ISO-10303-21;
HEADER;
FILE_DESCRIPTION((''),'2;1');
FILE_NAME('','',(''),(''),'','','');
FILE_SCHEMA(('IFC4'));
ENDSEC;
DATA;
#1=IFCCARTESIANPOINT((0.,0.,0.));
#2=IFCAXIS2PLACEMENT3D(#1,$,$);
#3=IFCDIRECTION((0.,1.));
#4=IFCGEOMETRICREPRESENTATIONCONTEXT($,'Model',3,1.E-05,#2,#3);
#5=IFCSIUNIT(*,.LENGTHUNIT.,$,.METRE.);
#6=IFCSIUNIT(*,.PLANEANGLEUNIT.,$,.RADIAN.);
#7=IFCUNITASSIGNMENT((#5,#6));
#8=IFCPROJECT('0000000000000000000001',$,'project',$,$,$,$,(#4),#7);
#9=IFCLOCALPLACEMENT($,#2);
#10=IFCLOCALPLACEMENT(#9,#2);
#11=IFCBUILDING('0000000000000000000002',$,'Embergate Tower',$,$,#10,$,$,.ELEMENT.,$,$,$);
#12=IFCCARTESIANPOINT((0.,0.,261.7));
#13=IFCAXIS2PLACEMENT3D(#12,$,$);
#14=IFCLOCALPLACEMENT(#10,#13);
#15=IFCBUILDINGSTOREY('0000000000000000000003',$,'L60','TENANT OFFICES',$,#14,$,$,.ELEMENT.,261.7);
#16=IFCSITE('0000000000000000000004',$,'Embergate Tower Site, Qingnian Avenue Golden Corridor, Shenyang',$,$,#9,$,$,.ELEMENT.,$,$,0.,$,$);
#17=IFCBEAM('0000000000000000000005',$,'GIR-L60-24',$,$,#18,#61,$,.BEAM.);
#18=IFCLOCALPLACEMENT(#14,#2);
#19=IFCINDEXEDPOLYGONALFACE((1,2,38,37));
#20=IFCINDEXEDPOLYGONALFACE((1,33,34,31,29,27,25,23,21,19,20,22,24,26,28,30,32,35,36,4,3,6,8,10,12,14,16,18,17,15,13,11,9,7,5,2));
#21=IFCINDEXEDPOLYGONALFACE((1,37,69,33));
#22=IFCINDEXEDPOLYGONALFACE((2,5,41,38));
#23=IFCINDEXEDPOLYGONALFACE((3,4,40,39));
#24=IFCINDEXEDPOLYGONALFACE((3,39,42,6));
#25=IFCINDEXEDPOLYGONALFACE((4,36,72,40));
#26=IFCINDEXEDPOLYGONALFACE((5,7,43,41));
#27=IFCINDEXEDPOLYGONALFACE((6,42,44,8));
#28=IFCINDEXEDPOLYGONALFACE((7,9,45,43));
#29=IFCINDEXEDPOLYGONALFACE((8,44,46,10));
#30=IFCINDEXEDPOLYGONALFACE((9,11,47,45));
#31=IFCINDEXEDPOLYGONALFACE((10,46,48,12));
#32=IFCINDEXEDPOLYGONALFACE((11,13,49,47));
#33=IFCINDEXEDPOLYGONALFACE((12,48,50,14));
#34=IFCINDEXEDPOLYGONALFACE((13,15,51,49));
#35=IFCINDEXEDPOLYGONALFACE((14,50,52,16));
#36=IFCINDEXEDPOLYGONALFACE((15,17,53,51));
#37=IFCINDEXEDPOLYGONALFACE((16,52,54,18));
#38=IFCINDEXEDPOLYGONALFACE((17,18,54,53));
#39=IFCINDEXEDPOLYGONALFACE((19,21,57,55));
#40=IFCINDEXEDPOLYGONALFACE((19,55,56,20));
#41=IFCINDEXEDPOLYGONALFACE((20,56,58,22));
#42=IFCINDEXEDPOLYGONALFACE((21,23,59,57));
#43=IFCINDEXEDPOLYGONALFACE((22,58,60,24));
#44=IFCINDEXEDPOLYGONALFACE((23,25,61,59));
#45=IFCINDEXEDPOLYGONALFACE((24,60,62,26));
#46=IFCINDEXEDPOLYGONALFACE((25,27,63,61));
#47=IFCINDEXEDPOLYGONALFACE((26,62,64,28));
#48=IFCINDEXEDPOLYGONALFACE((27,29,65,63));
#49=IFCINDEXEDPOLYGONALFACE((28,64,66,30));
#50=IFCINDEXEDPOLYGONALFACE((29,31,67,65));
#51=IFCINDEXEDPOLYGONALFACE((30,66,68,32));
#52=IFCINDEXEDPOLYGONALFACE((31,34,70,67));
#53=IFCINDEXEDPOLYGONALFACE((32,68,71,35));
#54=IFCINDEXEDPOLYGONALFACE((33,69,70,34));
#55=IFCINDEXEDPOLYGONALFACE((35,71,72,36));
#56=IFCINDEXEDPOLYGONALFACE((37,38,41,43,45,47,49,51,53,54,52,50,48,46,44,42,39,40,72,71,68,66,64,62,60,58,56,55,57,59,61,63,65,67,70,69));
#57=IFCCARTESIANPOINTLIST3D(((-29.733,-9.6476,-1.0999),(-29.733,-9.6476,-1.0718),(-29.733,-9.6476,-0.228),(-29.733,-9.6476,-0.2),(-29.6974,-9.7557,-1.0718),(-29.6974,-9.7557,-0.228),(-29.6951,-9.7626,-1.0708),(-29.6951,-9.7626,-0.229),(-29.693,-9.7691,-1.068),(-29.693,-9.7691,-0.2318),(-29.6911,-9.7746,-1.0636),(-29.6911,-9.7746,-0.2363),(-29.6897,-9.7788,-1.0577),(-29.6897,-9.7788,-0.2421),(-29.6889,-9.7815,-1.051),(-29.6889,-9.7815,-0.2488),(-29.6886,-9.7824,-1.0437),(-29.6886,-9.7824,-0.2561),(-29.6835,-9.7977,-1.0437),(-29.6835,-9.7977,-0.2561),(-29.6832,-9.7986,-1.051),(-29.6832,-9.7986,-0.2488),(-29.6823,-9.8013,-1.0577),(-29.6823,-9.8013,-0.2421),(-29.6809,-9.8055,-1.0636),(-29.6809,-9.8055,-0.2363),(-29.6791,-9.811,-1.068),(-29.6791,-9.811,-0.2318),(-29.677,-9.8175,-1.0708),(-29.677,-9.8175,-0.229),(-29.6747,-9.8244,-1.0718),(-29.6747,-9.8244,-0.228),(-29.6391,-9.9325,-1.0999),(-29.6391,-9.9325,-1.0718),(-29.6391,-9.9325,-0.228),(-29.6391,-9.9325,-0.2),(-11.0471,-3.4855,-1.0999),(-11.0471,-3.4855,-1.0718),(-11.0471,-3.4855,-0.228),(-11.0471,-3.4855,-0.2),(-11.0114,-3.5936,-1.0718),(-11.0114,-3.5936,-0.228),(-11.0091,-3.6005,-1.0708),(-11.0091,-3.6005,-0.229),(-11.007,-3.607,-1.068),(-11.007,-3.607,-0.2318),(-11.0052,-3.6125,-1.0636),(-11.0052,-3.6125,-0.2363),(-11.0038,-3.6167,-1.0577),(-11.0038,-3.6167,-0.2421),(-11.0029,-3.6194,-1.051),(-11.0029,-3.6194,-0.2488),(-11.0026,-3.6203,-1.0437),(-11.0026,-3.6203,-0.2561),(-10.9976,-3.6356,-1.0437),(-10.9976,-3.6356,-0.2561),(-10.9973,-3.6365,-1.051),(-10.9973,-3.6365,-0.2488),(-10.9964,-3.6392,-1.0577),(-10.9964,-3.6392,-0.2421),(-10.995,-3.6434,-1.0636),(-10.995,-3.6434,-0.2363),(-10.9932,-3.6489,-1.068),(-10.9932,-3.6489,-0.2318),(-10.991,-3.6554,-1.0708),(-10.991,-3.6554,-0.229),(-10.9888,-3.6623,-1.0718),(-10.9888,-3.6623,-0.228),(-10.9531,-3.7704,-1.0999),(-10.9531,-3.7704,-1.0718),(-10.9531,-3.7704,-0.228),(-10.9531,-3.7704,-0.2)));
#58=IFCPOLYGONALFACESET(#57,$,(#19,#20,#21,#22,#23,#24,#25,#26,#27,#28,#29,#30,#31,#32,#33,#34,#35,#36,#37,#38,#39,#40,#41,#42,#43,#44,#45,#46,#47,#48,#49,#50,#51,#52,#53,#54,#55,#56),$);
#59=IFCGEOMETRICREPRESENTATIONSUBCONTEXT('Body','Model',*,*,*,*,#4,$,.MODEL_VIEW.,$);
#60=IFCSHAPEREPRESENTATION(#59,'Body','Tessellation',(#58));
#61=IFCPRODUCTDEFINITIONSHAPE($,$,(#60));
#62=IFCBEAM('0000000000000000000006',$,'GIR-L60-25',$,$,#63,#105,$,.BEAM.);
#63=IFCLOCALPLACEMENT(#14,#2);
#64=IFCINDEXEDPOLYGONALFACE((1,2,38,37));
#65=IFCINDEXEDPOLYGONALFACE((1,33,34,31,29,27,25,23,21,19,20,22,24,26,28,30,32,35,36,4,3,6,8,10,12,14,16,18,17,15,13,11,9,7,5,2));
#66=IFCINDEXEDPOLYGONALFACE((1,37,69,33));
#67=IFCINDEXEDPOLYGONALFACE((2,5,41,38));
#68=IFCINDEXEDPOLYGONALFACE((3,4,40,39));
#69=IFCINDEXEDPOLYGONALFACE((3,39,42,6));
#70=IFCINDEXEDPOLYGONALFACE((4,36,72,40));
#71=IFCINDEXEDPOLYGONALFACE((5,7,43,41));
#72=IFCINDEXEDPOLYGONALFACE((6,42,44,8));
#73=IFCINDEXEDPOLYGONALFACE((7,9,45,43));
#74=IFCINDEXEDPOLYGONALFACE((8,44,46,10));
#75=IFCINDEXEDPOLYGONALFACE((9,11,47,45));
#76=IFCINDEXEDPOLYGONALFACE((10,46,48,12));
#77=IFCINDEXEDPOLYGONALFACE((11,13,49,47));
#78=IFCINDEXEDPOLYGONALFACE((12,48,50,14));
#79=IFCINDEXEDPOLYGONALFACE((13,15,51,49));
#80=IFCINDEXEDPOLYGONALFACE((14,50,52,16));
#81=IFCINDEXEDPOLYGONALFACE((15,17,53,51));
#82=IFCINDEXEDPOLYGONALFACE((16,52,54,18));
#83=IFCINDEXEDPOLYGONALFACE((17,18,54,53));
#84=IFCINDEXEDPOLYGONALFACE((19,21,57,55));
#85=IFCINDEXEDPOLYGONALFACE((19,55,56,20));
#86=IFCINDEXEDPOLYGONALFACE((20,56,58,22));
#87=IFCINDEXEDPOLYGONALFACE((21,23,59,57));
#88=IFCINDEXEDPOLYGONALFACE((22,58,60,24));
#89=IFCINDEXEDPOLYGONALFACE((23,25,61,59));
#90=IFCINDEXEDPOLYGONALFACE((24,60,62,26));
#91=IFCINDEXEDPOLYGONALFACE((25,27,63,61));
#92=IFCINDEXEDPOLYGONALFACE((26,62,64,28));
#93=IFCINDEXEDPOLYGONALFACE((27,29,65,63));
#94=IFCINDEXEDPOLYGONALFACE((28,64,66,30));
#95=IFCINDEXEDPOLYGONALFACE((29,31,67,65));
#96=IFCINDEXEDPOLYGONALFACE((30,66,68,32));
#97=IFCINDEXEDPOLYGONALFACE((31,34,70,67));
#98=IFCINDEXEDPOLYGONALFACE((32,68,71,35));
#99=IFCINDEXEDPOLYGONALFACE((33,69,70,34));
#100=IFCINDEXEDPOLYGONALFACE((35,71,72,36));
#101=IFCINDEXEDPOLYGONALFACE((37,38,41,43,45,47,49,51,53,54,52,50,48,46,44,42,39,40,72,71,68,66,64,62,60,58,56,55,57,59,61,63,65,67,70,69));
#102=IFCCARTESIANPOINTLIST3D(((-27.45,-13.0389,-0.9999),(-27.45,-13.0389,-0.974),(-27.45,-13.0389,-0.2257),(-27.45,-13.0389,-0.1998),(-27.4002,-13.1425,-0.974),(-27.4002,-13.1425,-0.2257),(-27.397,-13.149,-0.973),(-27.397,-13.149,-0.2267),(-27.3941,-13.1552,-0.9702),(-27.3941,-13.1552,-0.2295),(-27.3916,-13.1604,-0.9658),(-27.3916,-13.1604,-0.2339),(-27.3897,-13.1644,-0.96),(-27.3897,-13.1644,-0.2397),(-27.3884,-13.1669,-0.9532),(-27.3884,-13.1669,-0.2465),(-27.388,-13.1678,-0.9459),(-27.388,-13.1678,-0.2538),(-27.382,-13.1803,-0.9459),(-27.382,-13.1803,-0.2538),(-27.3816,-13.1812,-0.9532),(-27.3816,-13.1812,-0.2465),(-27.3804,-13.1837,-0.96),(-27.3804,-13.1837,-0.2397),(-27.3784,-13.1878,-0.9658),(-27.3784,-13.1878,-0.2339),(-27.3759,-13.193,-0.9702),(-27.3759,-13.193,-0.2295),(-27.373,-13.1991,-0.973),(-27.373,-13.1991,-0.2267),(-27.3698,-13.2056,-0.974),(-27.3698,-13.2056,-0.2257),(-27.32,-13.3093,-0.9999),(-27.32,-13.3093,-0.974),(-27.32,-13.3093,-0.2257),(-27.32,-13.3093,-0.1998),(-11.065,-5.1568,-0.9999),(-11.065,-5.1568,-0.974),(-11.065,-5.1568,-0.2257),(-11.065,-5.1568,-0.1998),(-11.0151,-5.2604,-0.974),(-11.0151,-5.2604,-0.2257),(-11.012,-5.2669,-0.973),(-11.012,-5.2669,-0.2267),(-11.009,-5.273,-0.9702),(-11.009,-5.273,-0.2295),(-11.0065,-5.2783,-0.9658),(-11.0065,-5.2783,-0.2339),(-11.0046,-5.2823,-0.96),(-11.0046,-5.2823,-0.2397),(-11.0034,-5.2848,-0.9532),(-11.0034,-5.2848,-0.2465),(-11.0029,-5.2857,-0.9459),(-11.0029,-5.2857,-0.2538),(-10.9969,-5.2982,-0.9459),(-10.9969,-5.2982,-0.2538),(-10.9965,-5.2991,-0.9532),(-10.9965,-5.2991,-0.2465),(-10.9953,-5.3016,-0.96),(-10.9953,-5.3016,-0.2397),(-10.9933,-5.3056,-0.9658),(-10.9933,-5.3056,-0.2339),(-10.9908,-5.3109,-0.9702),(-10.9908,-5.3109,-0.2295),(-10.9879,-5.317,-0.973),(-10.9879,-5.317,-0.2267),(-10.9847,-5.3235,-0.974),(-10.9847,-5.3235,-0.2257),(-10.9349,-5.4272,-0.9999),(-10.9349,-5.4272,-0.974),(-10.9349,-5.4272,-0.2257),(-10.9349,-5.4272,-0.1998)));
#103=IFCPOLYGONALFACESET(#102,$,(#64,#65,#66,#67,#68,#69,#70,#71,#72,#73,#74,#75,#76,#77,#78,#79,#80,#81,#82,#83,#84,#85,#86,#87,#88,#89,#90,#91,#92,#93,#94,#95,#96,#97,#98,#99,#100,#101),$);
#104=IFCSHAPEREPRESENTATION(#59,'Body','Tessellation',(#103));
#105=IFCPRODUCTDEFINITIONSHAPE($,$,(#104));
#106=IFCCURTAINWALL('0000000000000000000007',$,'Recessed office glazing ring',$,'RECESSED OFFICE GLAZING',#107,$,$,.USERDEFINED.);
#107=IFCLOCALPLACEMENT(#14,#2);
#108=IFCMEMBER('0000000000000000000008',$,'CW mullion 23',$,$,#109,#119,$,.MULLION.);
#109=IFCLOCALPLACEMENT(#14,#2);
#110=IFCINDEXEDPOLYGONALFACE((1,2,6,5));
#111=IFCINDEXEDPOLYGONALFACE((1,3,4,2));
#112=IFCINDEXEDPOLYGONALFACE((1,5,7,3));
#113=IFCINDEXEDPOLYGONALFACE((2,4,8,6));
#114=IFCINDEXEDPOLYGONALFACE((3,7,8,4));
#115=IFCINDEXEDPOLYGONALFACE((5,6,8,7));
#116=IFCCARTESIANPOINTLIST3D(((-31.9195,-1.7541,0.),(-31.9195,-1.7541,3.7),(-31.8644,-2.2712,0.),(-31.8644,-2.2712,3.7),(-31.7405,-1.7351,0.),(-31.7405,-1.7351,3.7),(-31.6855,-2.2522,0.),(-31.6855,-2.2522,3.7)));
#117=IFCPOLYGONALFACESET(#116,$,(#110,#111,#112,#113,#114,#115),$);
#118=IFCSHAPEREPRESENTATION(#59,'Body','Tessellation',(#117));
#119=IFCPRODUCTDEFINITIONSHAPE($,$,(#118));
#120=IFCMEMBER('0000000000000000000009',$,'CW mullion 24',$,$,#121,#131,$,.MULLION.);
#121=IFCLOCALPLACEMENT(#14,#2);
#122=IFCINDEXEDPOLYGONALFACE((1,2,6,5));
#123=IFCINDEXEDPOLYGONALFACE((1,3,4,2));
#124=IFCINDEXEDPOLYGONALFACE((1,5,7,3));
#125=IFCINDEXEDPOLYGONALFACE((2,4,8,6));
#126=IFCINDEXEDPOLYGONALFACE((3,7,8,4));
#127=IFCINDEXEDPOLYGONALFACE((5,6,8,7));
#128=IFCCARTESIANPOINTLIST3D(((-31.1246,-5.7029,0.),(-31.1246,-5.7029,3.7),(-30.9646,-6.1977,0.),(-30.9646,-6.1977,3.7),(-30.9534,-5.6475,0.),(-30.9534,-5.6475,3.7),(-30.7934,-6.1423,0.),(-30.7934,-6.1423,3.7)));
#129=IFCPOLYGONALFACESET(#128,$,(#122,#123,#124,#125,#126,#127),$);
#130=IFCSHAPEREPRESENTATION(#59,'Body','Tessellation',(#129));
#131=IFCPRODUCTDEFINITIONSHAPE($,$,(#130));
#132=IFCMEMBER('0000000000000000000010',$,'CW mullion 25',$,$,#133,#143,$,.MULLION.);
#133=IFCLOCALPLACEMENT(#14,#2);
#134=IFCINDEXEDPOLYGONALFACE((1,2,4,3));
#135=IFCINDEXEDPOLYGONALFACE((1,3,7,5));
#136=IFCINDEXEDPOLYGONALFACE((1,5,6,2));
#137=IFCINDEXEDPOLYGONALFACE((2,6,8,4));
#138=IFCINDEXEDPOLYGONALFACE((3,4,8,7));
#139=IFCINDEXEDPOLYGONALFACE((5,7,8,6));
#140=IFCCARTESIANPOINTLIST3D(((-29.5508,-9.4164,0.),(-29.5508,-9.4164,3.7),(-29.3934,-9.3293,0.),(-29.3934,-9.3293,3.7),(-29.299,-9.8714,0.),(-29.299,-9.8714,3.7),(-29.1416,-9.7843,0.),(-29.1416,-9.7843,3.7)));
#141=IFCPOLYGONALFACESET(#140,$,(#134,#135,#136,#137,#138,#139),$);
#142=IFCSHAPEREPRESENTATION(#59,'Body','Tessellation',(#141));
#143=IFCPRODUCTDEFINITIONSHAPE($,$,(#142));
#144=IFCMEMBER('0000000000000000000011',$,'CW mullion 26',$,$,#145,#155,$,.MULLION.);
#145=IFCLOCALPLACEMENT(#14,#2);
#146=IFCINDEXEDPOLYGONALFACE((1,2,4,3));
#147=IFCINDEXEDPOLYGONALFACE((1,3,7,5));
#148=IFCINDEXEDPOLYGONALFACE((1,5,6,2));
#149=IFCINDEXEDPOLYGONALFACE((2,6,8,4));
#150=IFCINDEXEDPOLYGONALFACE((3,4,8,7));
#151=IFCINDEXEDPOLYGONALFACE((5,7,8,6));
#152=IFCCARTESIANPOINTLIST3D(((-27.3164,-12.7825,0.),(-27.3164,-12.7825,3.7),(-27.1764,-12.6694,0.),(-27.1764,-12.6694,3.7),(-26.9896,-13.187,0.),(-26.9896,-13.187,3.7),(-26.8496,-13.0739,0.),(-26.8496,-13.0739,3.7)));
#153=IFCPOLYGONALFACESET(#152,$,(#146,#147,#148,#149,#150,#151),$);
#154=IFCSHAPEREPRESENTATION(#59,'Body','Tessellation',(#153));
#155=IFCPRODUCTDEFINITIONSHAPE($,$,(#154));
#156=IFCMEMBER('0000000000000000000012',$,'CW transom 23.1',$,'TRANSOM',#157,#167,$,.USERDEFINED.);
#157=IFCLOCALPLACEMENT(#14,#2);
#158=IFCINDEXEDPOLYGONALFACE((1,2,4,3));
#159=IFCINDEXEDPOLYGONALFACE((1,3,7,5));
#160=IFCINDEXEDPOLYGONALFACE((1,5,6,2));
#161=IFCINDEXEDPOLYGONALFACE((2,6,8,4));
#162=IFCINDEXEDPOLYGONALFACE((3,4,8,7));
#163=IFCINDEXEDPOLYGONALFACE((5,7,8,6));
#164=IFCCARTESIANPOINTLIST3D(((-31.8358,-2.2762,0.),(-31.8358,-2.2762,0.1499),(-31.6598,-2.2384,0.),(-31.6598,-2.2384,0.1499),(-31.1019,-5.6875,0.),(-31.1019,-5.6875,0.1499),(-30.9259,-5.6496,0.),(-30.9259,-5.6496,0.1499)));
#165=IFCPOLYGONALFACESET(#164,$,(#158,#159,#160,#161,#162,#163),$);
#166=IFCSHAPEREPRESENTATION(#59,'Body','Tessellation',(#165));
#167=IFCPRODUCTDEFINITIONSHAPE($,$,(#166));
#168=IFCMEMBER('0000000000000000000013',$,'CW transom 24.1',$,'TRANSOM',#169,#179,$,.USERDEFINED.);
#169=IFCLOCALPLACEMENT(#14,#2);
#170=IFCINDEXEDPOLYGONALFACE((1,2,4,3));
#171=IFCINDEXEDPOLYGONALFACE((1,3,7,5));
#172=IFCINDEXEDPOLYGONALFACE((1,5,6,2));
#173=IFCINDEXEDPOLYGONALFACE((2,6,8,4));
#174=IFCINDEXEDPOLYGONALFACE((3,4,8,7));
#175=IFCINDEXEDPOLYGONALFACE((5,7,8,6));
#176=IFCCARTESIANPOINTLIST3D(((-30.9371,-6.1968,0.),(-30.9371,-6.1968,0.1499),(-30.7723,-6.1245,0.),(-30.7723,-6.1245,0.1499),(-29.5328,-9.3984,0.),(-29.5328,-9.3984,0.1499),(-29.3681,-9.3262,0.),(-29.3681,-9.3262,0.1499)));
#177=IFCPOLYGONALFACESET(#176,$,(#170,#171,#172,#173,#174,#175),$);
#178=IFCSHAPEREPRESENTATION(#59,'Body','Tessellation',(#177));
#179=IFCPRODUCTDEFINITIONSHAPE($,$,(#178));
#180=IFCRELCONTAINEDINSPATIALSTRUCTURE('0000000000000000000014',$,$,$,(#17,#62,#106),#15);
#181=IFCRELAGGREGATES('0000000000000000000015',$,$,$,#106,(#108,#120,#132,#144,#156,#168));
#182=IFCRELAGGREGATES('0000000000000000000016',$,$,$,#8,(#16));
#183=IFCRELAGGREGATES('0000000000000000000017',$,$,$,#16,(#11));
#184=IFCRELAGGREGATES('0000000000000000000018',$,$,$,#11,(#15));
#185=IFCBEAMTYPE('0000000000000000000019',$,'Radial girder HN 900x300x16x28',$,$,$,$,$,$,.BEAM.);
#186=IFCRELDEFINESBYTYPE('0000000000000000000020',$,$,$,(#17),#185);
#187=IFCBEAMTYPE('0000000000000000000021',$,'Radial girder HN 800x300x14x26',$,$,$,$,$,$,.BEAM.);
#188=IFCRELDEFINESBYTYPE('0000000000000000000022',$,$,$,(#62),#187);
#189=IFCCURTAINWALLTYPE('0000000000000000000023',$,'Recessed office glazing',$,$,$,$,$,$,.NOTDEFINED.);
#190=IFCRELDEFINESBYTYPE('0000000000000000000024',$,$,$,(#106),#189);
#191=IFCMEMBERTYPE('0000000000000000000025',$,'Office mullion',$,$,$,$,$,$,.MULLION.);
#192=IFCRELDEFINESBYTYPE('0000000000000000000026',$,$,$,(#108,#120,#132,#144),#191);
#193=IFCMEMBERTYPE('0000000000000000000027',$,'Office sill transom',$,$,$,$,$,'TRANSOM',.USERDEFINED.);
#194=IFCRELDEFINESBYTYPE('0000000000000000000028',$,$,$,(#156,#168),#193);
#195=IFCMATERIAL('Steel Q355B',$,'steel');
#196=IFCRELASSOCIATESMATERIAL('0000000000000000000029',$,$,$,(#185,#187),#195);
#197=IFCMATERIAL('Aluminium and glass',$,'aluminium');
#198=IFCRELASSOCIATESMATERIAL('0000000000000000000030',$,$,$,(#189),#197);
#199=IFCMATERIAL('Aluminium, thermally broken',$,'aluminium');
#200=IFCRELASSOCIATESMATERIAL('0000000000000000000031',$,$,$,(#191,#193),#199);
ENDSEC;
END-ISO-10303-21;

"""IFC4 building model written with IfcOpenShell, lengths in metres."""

from ifc_helpers import new_model, si_unit, direction, frame, origin, origin_2d, place, context, subcontext, project, spatial, rectangle, i_section, extrude, source, transform, mapped, material, material_profile, profile_set, type_object, element, aggregate, save


model = new_model("IFC4")

# Units and contexts
model_context = context("Model", 3, precision=1e-05, world=origin(), true_north=direction((0.0, 1.0)))
body_context = subcontext(model_context, "Body", "Model", "MODEL_VIEW")
ifc_project = project(units=[si_unit("LENGTHUNIT", "METRE"), si_unit("PLANEANGLEUNIT", "RADIAN")], contexts=[model_context])

# Site, building, storey
site_placement = place(None, origin())
site = spatial("IfcSite", under=ifc_project, at=site_placement, Name="Embergate Tower Site, Qingnian Avenue Golden Corridor, Shenyang", CompositionType="ELEMENT", RefElevation=0.0)
building_placement = place(site_placement, origin())
building = spatial("IfcBuilding", under=site, at=building_placement, Name="Embergate Tower", CompositionType="ELEMENT")
storey_placement = place(building_placement, frame((0.0, 0.0, 261.7)))
storey = spatial("IfcBuildingStorey", under=building, at=storey_placement, Name="L60", Description="TENANT OFFICES", CompositionType="ELEMENT", Elevation=261.7)

# Beams
ifc_material_1 = material(Name="Steel Q355B", Category="steel")
ifc_material_profile_1 = material_profile(ifc_material_1, i_section(OverallWidth=0.3, OverallDepth=0.8999, WebThickness=0.0161, FlangeThickness=0.0281, FilletRadius=0.0281, at=origin_2d()), Name="HN 900x300x16x28")
ifc_profile_set_1 = profile_set([ifc_material_profile_1], Name="Steel Q355 grade B")
beam_type_1 = type_object("IfcBeamType", Name="Radial girder HN 900x300x16x28", PredefinedType="BEAM", material=ifc_profile_set_1)
shared_shape_1 = source(origin(), body_context, "Body", "SweptSolid", [
    extrude(i_section(OverallWidth=0.3, OverallDepth=0.8999, WebThickness=0.0161, FlangeThickness=0.0281, FilletRadius=0.0281, at=origin_2d()), origin(), (0.0, 0.0, 1.0), 19.6758),
])
beam_1_placement = place(storey_placement, frame((-29.686, -9.79, -0.6499), z_axis=(0.949693, 0.313181, 0.0), x_axis=(-0.313181, 0.949693, 0.0)))
element("IfcBeam", 1, at=beam_1_placement, inside=storey, type_object=beam_type_1, Name="GIR-L60-24", PredefinedType="BEAM", context=body_context, shape_type="MappedRepresentation", body=[
    mapped(shared_shape_1, transform((0.0, 0.0, 0.0))),
])
ifc_material_profile_2 = material_profile(ifc_material_1, i_section(OverallWidth=0.3, OverallDepth=0.8, WebThickness=0.0139, FlangeThickness=0.0259, FilletRadius=0.0281, at=origin_2d()), Name="HN 800x300x14x26")
ifc_profile_set_2 = profile_set([ifc_material_profile_2], Name="Steel Q355 grade B")
beam_type_2 = type_object("IfcBeamType", Name="Radial girder HN 800x300x14x26", PredefinedType="BEAM", material=ifc_profile_set_2)
shared_shape_2 = source(origin(), body_context, "Body", "SweptSolid", [
    extrude(i_section(OverallWidth=0.3, OverallDepth=0.8, WebThickness=0.0139, FlangeThickness=0.0259, FilletRadius=0.0281, at=origin_2d()), origin(), (0.0, 0.0, 1.0), 18.1824),
])
beam_2_placement = place(storey_placement, frame((-27.385, -13.1741, -0.5999), z_axis=(0.901152, 0.433503, 0.0), x_axis=(-0.433503, 0.901152, 0.0)))
element("IfcBeam", 2, at=beam_2_placement, inside=storey, type_object=beam_type_2, Name="GIR-L60-25", PredefinedType="BEAM", context=body_context, shape_type="MappedRepresentation", body=[
    mapped(shared_shape_2, transform((0.0, 0.0, 0.0))),
])

# Curtain wall, members
ifc_material_2 = material(Name="Aluminium and glass", Category="aluminium")
curtain_wall_type = type_object("IfcCurtainWallType", Name="Recessed office glazing", PredefinedType="NOTDEFINED", material=ifc_material_2)
curtain_wall_placement = place(storey_placement, origin())
curtain_wall = element("IfcCurtainWall", 3, at=curtain_wall_placement, inside=storey, type_object=curtain_wall_type, Name="Recessed office glazing ring", ObjectType="RECESSED OFFICE GLAZING", PredefinedType="USERDEFINED")
ifc_material_3 = material(Name="Aluminium, thermally broken", Category="aluminium")
ifc_material_profile_3 = material_profile(ifc_material_3, rectangle(XDim=0.1799, YDim=0.52, at=origin_2d()), Name="AL 520x180")
ifc_profile_set_3 = profile_set([ifc_material_profile_3], Name="Aluminium, thermally broken")
member_type_1 = type_object("IfcMemberType", Name="Office mullion", PredefinedType="MULLION", material=ifc_profile_set_3)
shared_shape_3 = source(origin(), body_context, "Body", "SweptSolid", [
    extrude(rectangle(XDim=0.1799, YDim=0.52, at=origin_2d()), origin(), (0.0, 0.0, 1.0), 3.7),
])
member_1_placement = place(storey_placement, frame((-31.8025, -2.0032, 0.0), z_axis=(0.0, 0.0, 1.0), x_axis=(0.994384, 0.105828, 0.0)))
member_1 = element("IfcMember", 4, at=member_1_placement, type_object=member_type_1, Name="CW mullion 23", PredefinedType="MULLION", context=body_context, shape_type="MappedRepresentation", body=[
    mapped(shared_shape_3, transform((0.0, 0.0, 0.0))),
])
member_2_placement = place(storey_placement, frame((-30.959, -5.9226, 0.0), z_axis=(0.0, 0.0, 1.0), x_axis=(0.951494, 0.307667, 0.0)))
member_2 = element("IfcMember", 5, at=member_2_placement, type_object=member_type_1, Name="CW mullion 24", PredefinedType="MULLION", context=body_context, shape_type="MappedRepresentation", body=[
    mapped(shared_shape_3, transform((0.0, 0.0, 0.0))),
])
member_3_placement = place(storey_placement, frame((-29.3462, -9.6003, 0.0), z_axis=(0.0, 0.0, 1.0), x_axis=(0.874994, 0.484133, 0.0)))
member_3 = element("IfcMember", 6, at=member_3_placement, type_object=member_type_1, Name="CW mullion 25", PredefinedType="MULLION", context=body_context, shape_type="MappedRepresentation", body=[
    mapped(shared_shape_3, transform((0.0, 0.0, 0.0))),
])
member_4_placement = place(storey_placement, frame((-27.083, -12.9282, 0.0), z_axis=(0.0, 0.0, 1.0), x_axis=(0.777864, 0.628433, 0.0)))
member_4 = element("IfcMember", 7, at=member_4_placement, type_object=member_type_1, Name="CW mullion 26", PredefinedType="MULLION", context=body_context, shape_type="MappedRepresentation", body=[
    mapped(shared_shape_3, transform((0.0, 0.0, 0.0))),
])
ifc_material_profile_4 = material_profile(ifc_material_3, rectangle(XDim=0.1799, YDim=0.1499, at=origin_2d()), Name="AL 150x180")
ifc_profile_set_4 = profile_set([ifc_material_profile_4], Name="Aluminium, thermally broken")
member_type_2 = type_object("IfcMemberType", Name="Office sill transom", ElementType="TRANSOM", PredefinedType="USERDEFINED", material=ifc_profile_set_4)
shared_shape_4 = source(origin(), body_context, "Body", "SweptSolid", [
    extrude(rectangle(XDim=0.1799, YDim=0.1499, at=origin_2d()), origin(), (0.0, 0.0, 1.0), 3.4893),
])
member_5_placement = place(storey_placement, frame((-31.7478, -2.2573, 0.075), z_axis=(0.210332, -0.97763, 0.0), x_axis=(0.97763, 0.210332, 0.0)))
member_5 = element("IfcMember", 8, at=member_5_placement, type_object=member_type_2, Name="CW transom 23.1", ObjectType="TRANSOM", PredefinedType="USERDEFINED", context=body_context, shape_type="MappedRepresentation", body=[
    mapped(shared_shape_4, transform((0.0, 0.0, 0.0))),
])
shared_shape_5 = source(origin(), body_context, "Body", "SweptSolid", [
    extrude(rectangle(XDim=0.1799, YDim=0.1499, at=origin_2d()), origin(), (0.0, 0.0, 1.0), 3.4961),
])
member_6_placement = place(storey_placement, frame((-30.8547, -6.1606, 0.075), z_axis=(0.401676, -0.915782, 0.0), x_axis=(0.915782, 0.401676, 0.0)))
member_6 = element("IfcMember", 9, at=member_6_placement, type_object=member_type_2, Name="CW transom 24.1", ObjectType="TRANSOM", PredefinedType="USERDEFINED", context=body_context, shape_type="MappedRepresentation", body=[
    mapped(shared_shape_5, transform((0.0, 0.0, 0.0))),
])
aggregate(curtain_wall, [member_1, member_2, member_3, member_4, member_5, member_6])

save(model, "model.ifc")
